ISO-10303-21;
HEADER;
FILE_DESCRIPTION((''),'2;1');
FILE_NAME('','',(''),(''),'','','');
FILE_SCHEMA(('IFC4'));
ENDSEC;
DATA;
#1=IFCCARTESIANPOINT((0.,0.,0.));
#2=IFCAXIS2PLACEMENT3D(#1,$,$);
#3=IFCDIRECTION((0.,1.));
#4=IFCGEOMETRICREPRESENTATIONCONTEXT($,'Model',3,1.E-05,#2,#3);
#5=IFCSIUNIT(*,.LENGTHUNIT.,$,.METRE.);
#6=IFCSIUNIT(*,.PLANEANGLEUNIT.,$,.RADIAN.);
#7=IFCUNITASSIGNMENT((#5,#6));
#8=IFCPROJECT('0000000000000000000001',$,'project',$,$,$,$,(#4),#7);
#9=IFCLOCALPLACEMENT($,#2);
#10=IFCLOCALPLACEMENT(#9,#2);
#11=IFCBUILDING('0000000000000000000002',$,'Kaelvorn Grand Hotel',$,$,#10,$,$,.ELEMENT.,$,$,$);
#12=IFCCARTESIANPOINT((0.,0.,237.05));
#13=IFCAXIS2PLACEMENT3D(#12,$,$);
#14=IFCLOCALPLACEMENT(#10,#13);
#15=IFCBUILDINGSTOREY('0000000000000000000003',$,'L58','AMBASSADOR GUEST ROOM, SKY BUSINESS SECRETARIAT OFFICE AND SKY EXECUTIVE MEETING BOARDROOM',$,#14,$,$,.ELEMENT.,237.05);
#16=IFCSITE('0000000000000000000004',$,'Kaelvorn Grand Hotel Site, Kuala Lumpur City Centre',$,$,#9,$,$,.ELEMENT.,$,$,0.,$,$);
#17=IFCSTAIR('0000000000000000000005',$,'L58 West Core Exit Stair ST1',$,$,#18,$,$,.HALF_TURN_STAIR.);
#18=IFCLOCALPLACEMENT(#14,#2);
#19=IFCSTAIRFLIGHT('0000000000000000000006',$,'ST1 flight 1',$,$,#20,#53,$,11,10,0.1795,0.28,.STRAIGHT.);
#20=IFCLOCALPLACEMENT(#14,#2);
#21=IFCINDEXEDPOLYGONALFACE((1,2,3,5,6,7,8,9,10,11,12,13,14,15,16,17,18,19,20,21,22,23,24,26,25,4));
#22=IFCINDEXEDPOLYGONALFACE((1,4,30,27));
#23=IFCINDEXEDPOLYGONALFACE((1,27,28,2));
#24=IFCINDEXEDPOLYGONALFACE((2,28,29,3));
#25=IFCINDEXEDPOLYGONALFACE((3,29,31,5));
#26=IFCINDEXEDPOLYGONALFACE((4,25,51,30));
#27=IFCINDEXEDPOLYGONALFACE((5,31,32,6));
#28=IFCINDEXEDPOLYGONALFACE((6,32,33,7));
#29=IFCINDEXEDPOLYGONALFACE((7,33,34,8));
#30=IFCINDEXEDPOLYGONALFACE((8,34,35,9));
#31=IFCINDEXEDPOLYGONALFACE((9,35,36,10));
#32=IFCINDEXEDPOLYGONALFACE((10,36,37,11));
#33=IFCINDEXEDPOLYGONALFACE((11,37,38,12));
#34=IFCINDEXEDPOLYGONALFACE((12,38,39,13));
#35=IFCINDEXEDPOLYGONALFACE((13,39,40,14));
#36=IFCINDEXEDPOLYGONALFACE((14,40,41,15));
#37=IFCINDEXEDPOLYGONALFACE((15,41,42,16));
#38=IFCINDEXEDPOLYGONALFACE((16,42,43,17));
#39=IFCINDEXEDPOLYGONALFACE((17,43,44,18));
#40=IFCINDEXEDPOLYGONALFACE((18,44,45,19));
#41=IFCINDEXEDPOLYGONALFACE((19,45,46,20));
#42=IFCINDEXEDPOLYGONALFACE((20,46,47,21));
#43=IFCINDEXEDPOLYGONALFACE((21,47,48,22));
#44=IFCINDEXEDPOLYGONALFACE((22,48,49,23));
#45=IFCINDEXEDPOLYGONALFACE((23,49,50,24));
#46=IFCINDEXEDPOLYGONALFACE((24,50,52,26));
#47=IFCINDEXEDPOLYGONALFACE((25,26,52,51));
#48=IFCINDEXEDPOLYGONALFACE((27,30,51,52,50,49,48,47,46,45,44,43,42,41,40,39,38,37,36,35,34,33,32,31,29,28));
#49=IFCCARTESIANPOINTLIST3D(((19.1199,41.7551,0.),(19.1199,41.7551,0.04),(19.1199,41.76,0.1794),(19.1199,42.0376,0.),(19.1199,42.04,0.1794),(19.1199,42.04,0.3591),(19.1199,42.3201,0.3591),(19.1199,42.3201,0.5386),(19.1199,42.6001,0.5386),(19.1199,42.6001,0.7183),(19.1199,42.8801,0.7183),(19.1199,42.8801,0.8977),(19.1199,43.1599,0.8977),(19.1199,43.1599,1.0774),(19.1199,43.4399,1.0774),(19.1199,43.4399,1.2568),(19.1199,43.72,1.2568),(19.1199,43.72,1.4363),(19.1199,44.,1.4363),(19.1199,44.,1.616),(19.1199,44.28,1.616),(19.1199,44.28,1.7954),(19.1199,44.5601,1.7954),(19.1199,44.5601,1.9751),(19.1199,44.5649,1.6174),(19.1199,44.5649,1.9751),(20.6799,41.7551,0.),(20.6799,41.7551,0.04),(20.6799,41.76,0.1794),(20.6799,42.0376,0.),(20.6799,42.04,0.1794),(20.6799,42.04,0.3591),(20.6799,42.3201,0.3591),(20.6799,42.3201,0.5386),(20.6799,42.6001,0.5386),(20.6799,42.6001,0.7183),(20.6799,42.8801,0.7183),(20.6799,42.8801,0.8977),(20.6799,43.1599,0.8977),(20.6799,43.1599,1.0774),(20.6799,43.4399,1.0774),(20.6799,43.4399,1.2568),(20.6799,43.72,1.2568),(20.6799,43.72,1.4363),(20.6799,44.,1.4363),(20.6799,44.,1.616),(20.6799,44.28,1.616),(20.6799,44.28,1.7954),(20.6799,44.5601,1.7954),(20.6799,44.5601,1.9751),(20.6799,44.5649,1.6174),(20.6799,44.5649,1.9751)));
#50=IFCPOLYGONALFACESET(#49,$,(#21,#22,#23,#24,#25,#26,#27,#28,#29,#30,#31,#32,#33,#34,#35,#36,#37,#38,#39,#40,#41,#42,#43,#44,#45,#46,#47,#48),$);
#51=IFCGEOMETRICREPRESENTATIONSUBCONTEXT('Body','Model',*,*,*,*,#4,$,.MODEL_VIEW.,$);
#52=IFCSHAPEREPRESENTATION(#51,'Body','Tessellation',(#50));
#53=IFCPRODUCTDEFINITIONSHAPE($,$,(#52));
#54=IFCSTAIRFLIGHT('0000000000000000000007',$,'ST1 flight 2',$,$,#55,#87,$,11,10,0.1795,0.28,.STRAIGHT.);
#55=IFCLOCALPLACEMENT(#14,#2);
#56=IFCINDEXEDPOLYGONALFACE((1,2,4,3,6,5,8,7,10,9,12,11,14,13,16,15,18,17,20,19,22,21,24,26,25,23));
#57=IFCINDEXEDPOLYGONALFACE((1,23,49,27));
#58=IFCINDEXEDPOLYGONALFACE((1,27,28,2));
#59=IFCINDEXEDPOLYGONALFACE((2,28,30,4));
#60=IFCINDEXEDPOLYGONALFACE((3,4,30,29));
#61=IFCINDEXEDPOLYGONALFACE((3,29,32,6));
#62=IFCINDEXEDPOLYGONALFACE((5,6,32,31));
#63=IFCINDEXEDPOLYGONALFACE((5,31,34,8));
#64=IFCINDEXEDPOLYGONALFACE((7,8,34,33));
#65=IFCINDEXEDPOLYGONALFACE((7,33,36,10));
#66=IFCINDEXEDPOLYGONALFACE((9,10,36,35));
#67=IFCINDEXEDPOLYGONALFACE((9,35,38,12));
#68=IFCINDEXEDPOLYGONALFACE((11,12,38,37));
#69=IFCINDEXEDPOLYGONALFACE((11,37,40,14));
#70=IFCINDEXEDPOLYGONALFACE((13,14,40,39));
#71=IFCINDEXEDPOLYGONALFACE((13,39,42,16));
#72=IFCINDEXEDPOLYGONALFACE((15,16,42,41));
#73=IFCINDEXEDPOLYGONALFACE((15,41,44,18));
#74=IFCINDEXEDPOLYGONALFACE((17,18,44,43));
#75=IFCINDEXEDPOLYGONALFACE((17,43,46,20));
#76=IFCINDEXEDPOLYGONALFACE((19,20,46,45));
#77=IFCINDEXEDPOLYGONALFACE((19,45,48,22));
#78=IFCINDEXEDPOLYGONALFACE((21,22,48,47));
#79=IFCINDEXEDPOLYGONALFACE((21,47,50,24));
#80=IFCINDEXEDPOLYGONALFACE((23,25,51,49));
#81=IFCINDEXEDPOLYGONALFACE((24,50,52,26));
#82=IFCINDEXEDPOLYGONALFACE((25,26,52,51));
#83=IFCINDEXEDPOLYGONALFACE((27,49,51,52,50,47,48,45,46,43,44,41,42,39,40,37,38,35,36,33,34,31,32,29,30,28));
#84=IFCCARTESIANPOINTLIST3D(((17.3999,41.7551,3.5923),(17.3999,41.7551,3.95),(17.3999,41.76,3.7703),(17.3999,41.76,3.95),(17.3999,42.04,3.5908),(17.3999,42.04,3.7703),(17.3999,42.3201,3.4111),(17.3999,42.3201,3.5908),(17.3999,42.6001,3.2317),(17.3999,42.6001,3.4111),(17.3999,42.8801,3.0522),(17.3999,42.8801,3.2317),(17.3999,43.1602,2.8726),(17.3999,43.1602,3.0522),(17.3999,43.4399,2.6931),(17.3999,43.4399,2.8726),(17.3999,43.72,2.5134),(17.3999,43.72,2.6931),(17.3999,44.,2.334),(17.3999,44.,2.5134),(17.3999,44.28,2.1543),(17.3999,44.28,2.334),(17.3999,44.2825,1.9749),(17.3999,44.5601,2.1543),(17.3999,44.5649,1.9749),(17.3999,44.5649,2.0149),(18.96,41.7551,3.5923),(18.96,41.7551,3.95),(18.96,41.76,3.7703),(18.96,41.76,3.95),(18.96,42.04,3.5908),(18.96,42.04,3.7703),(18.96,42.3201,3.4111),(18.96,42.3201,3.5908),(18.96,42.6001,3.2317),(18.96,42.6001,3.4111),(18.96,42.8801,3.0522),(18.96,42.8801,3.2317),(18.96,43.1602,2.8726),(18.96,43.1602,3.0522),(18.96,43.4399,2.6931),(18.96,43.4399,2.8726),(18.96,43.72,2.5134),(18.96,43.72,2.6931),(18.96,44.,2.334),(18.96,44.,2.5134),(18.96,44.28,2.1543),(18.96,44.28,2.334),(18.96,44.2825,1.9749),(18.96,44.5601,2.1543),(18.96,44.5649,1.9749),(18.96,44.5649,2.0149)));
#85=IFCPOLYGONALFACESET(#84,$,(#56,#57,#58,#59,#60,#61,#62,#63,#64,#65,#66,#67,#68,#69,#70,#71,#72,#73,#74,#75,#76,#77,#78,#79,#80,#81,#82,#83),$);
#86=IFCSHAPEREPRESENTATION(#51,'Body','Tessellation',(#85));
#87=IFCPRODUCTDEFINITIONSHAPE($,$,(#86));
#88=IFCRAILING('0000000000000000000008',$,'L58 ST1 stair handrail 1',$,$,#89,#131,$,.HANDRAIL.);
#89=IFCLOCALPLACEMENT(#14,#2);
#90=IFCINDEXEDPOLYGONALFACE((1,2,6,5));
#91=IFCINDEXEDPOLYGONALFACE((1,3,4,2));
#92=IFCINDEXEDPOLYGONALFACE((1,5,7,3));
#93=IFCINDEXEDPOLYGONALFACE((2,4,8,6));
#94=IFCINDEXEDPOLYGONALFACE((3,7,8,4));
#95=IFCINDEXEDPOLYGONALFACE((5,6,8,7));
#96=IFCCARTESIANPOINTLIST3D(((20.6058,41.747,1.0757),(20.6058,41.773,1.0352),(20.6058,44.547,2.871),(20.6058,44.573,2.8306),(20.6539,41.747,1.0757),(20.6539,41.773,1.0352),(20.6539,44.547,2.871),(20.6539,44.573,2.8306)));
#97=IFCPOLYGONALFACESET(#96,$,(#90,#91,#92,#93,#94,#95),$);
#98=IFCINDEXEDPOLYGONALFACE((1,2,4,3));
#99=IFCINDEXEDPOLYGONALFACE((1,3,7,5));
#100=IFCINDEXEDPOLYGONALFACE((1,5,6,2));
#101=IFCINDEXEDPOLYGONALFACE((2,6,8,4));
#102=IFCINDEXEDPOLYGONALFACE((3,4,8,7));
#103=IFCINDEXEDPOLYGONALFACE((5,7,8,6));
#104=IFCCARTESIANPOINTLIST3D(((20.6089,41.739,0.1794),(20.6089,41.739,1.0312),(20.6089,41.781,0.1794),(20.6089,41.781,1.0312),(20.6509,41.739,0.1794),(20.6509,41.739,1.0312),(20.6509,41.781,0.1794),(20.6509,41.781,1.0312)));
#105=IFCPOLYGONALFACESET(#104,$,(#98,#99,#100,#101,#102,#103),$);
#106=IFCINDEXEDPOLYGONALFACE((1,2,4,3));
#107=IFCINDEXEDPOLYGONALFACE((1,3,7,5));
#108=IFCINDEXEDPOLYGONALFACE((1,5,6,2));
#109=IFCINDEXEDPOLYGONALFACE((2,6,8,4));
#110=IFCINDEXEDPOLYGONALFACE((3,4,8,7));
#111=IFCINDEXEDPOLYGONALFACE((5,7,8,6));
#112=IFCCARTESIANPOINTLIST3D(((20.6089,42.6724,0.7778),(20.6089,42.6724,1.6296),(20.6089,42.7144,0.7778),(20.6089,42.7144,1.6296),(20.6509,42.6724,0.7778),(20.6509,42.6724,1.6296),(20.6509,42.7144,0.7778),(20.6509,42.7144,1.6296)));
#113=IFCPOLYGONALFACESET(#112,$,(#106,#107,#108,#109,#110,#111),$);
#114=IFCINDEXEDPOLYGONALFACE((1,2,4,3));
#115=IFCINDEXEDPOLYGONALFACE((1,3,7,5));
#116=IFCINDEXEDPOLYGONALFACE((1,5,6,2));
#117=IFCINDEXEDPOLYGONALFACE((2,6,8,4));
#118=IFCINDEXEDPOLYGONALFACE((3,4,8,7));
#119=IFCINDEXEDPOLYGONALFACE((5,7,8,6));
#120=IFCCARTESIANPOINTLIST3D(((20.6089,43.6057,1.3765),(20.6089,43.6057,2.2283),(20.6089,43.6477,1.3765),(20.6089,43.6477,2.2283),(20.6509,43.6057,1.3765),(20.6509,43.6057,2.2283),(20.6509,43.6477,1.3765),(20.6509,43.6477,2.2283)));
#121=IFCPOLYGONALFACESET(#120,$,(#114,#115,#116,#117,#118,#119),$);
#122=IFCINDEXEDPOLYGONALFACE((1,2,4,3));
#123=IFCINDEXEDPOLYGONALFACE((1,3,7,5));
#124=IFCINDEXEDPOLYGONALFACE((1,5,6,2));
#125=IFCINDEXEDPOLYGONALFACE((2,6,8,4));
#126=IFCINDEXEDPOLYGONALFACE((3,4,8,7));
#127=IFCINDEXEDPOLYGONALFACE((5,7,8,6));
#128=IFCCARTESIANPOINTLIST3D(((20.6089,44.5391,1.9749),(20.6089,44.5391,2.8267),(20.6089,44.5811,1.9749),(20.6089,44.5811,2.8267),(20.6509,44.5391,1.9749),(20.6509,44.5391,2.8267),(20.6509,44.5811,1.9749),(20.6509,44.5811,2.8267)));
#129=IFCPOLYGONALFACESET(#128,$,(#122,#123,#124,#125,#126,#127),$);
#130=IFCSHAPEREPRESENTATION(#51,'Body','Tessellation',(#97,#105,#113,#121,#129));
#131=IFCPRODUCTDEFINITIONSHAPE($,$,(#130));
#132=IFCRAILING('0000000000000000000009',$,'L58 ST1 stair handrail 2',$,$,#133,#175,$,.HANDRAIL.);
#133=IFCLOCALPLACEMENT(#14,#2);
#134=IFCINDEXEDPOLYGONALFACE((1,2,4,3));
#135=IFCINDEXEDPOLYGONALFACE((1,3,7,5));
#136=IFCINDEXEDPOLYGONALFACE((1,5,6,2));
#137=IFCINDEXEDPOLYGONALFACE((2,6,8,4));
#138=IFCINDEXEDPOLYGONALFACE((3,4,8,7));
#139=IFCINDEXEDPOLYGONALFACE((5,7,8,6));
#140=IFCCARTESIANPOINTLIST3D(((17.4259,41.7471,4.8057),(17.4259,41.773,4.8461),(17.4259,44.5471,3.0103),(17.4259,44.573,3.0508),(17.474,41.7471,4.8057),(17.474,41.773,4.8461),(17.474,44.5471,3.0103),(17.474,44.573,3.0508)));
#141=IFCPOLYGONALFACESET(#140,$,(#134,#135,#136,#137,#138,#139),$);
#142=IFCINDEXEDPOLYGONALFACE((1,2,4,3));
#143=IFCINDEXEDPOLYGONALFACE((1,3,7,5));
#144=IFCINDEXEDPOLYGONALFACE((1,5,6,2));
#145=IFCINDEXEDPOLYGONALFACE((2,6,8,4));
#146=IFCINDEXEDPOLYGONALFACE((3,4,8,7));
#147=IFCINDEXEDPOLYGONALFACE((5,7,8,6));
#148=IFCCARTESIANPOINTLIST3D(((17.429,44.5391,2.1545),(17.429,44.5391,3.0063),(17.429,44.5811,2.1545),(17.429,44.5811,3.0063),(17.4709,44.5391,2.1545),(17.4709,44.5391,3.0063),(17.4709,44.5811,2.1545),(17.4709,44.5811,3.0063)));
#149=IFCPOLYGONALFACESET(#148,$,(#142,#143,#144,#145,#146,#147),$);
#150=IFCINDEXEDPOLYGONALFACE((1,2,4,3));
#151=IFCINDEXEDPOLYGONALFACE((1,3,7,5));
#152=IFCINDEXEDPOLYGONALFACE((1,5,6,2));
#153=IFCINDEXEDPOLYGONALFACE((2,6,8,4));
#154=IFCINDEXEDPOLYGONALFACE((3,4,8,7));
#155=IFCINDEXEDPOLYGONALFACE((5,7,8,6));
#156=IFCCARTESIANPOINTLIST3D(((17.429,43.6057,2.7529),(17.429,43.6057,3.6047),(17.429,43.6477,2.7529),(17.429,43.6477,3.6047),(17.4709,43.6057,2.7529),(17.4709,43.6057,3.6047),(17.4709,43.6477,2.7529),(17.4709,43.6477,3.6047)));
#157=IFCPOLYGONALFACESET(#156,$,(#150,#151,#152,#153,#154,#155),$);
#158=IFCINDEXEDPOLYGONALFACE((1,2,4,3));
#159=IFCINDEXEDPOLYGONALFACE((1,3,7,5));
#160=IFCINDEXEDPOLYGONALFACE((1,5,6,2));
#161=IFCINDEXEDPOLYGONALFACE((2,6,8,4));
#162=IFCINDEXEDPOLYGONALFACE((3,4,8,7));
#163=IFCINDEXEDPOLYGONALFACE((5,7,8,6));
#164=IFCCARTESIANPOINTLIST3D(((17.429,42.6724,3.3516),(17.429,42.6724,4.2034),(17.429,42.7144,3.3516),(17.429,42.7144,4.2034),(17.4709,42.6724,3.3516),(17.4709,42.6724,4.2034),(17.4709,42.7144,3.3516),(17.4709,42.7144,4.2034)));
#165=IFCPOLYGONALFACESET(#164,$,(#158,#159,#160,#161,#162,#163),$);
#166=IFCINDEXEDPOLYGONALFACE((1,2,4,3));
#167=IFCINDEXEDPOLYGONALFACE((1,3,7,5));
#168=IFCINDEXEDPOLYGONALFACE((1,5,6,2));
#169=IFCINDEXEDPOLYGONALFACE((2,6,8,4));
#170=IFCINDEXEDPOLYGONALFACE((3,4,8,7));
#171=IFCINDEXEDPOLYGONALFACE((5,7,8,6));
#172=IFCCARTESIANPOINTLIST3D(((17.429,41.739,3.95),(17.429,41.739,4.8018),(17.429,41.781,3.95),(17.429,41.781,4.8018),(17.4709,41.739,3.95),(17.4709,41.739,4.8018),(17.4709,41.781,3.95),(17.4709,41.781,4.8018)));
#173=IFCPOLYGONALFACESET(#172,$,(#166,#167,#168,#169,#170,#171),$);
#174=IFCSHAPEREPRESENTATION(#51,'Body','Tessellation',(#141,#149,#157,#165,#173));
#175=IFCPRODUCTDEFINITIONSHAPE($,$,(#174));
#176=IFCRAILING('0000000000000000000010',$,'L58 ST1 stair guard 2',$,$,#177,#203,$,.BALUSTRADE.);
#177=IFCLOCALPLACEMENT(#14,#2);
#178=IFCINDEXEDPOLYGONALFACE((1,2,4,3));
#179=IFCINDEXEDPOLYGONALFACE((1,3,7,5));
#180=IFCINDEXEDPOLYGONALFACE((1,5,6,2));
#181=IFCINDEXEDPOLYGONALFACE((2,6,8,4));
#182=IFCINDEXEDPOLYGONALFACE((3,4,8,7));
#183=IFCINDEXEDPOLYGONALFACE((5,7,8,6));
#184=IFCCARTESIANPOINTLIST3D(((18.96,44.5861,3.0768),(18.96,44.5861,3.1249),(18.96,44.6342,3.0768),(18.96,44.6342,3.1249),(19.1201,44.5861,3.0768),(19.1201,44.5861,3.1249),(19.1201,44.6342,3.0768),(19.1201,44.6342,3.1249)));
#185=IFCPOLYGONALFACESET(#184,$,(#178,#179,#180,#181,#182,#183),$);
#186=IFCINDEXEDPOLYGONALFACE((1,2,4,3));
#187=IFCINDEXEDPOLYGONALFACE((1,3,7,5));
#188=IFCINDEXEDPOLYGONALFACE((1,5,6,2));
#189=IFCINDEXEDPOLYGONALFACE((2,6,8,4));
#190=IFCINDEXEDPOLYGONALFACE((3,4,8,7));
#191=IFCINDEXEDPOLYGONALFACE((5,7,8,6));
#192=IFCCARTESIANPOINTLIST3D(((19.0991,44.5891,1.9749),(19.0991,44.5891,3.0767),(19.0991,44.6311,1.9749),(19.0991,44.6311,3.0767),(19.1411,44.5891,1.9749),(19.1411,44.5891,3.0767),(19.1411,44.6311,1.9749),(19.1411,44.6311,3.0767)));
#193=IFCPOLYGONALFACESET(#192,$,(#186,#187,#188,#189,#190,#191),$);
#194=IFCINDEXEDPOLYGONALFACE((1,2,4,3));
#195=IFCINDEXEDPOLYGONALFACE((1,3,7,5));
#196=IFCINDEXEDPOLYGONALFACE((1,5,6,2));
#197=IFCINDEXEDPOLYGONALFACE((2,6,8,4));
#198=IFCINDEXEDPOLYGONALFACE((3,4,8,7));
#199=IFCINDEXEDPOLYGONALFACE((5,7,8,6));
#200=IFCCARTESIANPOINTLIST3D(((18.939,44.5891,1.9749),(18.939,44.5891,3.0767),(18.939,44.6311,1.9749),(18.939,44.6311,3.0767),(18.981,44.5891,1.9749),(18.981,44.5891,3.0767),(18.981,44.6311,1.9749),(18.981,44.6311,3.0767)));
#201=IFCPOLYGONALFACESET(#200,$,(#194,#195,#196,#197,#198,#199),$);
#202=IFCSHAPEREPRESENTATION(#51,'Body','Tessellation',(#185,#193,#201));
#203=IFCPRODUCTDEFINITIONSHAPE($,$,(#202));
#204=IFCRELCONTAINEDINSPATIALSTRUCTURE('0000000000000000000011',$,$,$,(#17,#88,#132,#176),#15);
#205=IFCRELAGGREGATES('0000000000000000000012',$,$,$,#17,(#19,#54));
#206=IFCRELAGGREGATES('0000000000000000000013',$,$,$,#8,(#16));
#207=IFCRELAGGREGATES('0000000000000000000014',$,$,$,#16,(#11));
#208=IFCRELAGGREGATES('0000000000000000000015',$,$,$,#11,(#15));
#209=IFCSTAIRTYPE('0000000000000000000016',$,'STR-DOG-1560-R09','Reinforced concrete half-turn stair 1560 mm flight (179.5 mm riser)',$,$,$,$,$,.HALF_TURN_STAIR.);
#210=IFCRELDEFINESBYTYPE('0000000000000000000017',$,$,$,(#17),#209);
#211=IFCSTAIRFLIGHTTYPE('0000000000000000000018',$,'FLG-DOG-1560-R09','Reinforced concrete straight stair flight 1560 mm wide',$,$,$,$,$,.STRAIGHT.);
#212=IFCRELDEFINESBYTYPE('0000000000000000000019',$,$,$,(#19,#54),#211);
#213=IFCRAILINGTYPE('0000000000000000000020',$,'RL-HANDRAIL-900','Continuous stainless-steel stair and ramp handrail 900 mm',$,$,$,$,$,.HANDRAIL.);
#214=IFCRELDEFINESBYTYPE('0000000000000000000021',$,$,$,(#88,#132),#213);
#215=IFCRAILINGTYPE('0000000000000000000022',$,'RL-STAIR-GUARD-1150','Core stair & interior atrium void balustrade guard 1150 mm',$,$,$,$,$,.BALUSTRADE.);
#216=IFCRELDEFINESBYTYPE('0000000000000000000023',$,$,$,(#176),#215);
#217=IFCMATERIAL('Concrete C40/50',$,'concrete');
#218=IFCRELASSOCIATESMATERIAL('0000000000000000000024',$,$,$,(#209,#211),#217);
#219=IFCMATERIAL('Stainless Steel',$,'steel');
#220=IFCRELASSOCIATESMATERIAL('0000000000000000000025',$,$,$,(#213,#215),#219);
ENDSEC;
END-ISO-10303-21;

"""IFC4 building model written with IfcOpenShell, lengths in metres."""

from ifc_helpers import new_model, si_unit, direction, frame, origin, origin_2d, place, context, subcontext, project, spatial, polyline, rectangle, outline, extrude, material, type_object, element, aggregate, save


model = new_model("IFC4")

# Units and contexts
model_context = context("Model", 3, precision=1e-05, world=origin(), true_north=direction((0.0, 1.0)))
body_context = subcontext(model_context, "Body", "Model", "MODEL_VIEW")
ifc_project = project(units=[si_unit("LENGTHUNIT", "METRE"), si_unit("PLANEANGLEUNIT", "RADIAN")], contexts=[model_context])

# Site, building, storey
site_placement = place(None, origin())
site = spatial("IfcSite", under=ifc_project, at=site_placement, Name="Kaelvorn Grand Hotel Site, Kuala Lumpur City Centre", CompositionType="ELEMENT", RefElevation=0.0)
building_placement = place(site_placement, origin())
building = spatial("IfcBuilding", under=site, at=building_placement, Name="Kaelvorn Grand Hotel", CompositionType="ELEMENT")
storey_placement = place(building_placement, frame((0.0, 0.0, 237.05)))
storey = spatial("IfcBuildingStorey", under=building, at=storey_placement, Name="L58", Description="AMBASSADOR GUEST ROOM, SKY BUSINESS SECRETARIAT OFFICE AND SKY EXECUTIVE MEETING BOARDROOM", CompositionType="ELEMENT", Elevation=237.05)

# Shared definitions
ifc_material_1 = material(Name="Concrete C40/50", Category="concrete")

# Stair, stair flights
stair_type = type_object("IfcStairType", Name="STR-DOG-1560-R09", Description="Reinforced concrete half-turn stair 1560 mm flight (179.5 mm riser)", PredefinedType="HALF_TURN_STAIR", material=ifc_material_1)
stair_placement = place(storey_placement, origin())
stair = element("IfcStair", 1, at=stair_placement, inside=storey, type_object=stair_type, Name="L58 West Core Exit Stair ST1", PredefinedType="HALF_TURN_STAIR")
stair_flight_type = type_object("IfcStairFlightType", Name="FLG-DOG-1560-R09", Description="Reinforced concrete straight stair flight 1560 mm wide", PredefinedType="STRAIGHT", material=ifc_material_1)
stair_flight_1_placement = place(storey_placement, frame((19.8999, 41.76, 0.0), z_axis=(0.0, 0.0, 1.0), x_axis=(0.0, 1.0, 0.0)))
stair_flight_1 = element("IfcStairFlight", 2, at=stair_flight_1_placement, type_object=stair_flight_type, Name="ST1 flight 1", NumberOfRisers=11, NumberOfTreads=10, PredefinedType="STRAIGHT", RiserHeight=0.1795, TreadLength=0.28, context=body_context, shape_type="SweptSolid", body=[
    extrude(outline(polyline([(-0.0049, 0.0), (-0.0049, 0.04), (0.0, 0.1794), (0.28, 0.1794), (0.28, 0.3591), (0.5601, 0.3591), (0.5601, 0.5386), (0.8401, 0.5386), (0.8401, 0.7183), (1.1201, 0.7183), (1.1201, 0.8977), (1.3999, 0.8977), (1.3999, 1.0774), (1.6799, 1.0774), (1.6799, 1.2568), (1.96, 1.2568), (1.96, 1.4363), (2.24, 1.4363), (2.24, 1.616), (2.52, 1.616), (2.52, 1.7954), (2.8, 1.7954), (2.8, 1.9751), (2.8049, 1.9751), (2.8049, 1.6174), (0.2776, 0.0), (-0.0049, 0.0)])), frame((0.0, 0.78, 0.0), z_axis=(0.0, -1.0, 0.0), x_axis=(1.0, 0.0, 0.0)), (0.0, 0.0, 1.0), 1.5601),
])
stair_flight_2_placement = place(storey_placement, frame((18.1799, 44.5601, 1.9749), z_axis=(0.0, 0.0, 1.0), x_axis=(0.0, -1.0, 0.0)))
stair_flight_2 = element("IfcStairFlight", 3, at=stair_flight_2_placement, type_object=stair_flight_type, Name="ST1 flight 2", NumberOfRisers=11, NumberOfTreads=10, PredefinedType="STRAIGHT", RiserHeight=0.1795, TreadLength=0.28, context=body_context, shape_type="SweptSolid", body=[
    extrude(outline(polyline([(-0.0049, 0.0), (-0.0049, 0.04), (0.0, 0.1794), (0.28, 0.1794), (0.28, 0.3591), (0.5601, 0.3591), (0.5601, 0.5386), (0.8401, 0.5386), (0.8401, 0.7183), (1.1201, 0.7183), (1.1201, 0.8977), (1.3999, 0.8977), (1.3999, 1.0774), (1.6799, 1.0774), (1.6799, 1.2568), (1.96, 1.2568), (1.96, 1.4363), (2.24, 1.4363), (2.24, 1.616), (2.52, 1.616), (2.52, 1.7954), (2.8, 1.7954), (2.8, 1.9751), (2.8049, 1.9751), (2.8049, 1.6174), (0.2776, 0.0), (-0.0049, 0.0)])), frame((0.0, 0.78, 0.0), z_axis=(0.0, -1.0, 0.0), x_axis=(1.0, 0.0, 0.0)), (0.0, 0.0, 1.0), 1.5601),
])
aggregate(stair, [stair_flight_1, stair_flight_2])

# Railings
ifc_material_2 = material(Name="Stainless Steel", Category="steel")
railing_type_1 = type_object("IfcRailingType", Name="RL-HANDRAIL-900", Description="Continuous stainless-steel stair and ramp handrail 900 mm", PredefinedType="HANDRAIL", material=ifc_material_2)
railing_1_placement = place(storey_placement, frame((20.6299, 41.76, 0.1794)))
element("IfcRailing", 4, at=railing_1_placement, inside=storey, type_object=railing_type_1, Name="L58 ST1 stair handrail 1", PredefinedType="HANDRAIL", context=body_context, shape_type="SweptSolid", body=[
    extrude(rectangle(XDim=0.0481, YDim=0.0481, at=origin_2d()), frame((0.0, 0.0, 0.876), z_axis=(0.0, 0.84181, 0.539774), x_axis=(-1.0, 0.0, 0.0)), (0.0, 0.0, 1.0), 3.3262),
    extrude(rectangle(XDim=0.042, YDim=0.042, at=origin_2d()), origin(), (0.0, 0.0, 1.0), 0.8518),
    extrude(rectangle(XDim=0.042, YDim=0.042, at=origin_2d()), frame((0.0, 0.9333, 0.5984)), (0.0, 0.0, 1.0), 0.8518),
    extrude(rectangle(XDim=0.042, YDim=0.042, at=origin_2d()), frame((0.0, 1.8667, 1.197)), (0.0, 0.0, 1.0), 0.8518),
    extrude(rectangle(XDim=0.042, YDim=0.042, at=origin_2d()), frame((0.0, 2.8, 1.7954)), (0.0, 0.0, 1.0), 0.8518),
])
railing_2_placement = place(storey_placement, frame((17.45, 44.5601, 2.1545)))
element("IfcRailing", 5, at=railing_2_placement, inside=storey, type_object=railing_type_1, Name="L58 ST1 stair handrail 2", PredefinedType="HANDRAIL", context=body_context, shape_type="SweptSolid", body=[
    extrude(rectangle(XDim=0.0481, YDim=0.0481, at=origin_2d()), frame((0.0, 0.0, 0.876), z_axis=(0.0, -0.84181, 0.539774), x_axis=(1.0, 0.0, 0.0)), (0.0, 0.0, 1.0), 3.3262),
    extrude(rectangle(XDim=0.042, YDim=0.042, at=origin_2d()), origin(), (0.0, 0.0, 1.0), 0.8518),
    extrude(rectangle(XDim=0.042, YDim=0.042, at=origin_2d()), frame((0.0, -0.9333, 0.5984)), (0.0, 0.0, 1.0), 0.8518),
    extrude(rectangle(XDim=0.042, YDim=0.042, at=origin_2d()), frame((0.0, -1.8667, 1.197)), (0.0, 0.0, 1.0), 0.8518),
    extrude(rectangle(XDim=0.042, YDim=0.042, at=origin_2d()), frame((0.0, -2.8, 1.7954)), (0.0, 0.0, 1.0), 0.8518),
])
railing_type_2 = type_object("IfcRailingType", Name="RL-STAIR-GUARD-1150", Description="Core stair & interior atrium void balustrade guard 1150 mm", PredefinedType="BALUSTRADE", material=ifc_material_2)
railing_3_placement = place(storey_placement, frame((19.1201, 44.6101, 1.9749)))
element("IfcRailing", 6, at=railing_3_placement, inside=storey, type_object=railing_type_2, Name="L58 ST1 stair guard 2", PredefinedType="BALUSTRADE", context=body_context, shape_type="SweptSolid", body=[
    extrude(rectangle(XDim=0.0481, YDim=0.0481, at=origin_2d()), frame((0.0, 0.0, 1.126), z_axis=(-1.0, 0.0, 0.0), x_axis=(0.0, -1.0, 0.0)), (0.0, 0.0, 1.0), 0.1602),
    extrude(rectangle(XDim=0.042, YDim=0.042, at=origin_2d()), origin(), (0.0, 0.0, 1.0), 1.1018),
    extrude(rectangle(XDim=0.042, YDim=0.042, at=origin_2d()), frame((-0.1602, 0.0, 0.0)), (0.0, 0.0, 1.0), 1.1018),
])

save(model, "model.ifc")
